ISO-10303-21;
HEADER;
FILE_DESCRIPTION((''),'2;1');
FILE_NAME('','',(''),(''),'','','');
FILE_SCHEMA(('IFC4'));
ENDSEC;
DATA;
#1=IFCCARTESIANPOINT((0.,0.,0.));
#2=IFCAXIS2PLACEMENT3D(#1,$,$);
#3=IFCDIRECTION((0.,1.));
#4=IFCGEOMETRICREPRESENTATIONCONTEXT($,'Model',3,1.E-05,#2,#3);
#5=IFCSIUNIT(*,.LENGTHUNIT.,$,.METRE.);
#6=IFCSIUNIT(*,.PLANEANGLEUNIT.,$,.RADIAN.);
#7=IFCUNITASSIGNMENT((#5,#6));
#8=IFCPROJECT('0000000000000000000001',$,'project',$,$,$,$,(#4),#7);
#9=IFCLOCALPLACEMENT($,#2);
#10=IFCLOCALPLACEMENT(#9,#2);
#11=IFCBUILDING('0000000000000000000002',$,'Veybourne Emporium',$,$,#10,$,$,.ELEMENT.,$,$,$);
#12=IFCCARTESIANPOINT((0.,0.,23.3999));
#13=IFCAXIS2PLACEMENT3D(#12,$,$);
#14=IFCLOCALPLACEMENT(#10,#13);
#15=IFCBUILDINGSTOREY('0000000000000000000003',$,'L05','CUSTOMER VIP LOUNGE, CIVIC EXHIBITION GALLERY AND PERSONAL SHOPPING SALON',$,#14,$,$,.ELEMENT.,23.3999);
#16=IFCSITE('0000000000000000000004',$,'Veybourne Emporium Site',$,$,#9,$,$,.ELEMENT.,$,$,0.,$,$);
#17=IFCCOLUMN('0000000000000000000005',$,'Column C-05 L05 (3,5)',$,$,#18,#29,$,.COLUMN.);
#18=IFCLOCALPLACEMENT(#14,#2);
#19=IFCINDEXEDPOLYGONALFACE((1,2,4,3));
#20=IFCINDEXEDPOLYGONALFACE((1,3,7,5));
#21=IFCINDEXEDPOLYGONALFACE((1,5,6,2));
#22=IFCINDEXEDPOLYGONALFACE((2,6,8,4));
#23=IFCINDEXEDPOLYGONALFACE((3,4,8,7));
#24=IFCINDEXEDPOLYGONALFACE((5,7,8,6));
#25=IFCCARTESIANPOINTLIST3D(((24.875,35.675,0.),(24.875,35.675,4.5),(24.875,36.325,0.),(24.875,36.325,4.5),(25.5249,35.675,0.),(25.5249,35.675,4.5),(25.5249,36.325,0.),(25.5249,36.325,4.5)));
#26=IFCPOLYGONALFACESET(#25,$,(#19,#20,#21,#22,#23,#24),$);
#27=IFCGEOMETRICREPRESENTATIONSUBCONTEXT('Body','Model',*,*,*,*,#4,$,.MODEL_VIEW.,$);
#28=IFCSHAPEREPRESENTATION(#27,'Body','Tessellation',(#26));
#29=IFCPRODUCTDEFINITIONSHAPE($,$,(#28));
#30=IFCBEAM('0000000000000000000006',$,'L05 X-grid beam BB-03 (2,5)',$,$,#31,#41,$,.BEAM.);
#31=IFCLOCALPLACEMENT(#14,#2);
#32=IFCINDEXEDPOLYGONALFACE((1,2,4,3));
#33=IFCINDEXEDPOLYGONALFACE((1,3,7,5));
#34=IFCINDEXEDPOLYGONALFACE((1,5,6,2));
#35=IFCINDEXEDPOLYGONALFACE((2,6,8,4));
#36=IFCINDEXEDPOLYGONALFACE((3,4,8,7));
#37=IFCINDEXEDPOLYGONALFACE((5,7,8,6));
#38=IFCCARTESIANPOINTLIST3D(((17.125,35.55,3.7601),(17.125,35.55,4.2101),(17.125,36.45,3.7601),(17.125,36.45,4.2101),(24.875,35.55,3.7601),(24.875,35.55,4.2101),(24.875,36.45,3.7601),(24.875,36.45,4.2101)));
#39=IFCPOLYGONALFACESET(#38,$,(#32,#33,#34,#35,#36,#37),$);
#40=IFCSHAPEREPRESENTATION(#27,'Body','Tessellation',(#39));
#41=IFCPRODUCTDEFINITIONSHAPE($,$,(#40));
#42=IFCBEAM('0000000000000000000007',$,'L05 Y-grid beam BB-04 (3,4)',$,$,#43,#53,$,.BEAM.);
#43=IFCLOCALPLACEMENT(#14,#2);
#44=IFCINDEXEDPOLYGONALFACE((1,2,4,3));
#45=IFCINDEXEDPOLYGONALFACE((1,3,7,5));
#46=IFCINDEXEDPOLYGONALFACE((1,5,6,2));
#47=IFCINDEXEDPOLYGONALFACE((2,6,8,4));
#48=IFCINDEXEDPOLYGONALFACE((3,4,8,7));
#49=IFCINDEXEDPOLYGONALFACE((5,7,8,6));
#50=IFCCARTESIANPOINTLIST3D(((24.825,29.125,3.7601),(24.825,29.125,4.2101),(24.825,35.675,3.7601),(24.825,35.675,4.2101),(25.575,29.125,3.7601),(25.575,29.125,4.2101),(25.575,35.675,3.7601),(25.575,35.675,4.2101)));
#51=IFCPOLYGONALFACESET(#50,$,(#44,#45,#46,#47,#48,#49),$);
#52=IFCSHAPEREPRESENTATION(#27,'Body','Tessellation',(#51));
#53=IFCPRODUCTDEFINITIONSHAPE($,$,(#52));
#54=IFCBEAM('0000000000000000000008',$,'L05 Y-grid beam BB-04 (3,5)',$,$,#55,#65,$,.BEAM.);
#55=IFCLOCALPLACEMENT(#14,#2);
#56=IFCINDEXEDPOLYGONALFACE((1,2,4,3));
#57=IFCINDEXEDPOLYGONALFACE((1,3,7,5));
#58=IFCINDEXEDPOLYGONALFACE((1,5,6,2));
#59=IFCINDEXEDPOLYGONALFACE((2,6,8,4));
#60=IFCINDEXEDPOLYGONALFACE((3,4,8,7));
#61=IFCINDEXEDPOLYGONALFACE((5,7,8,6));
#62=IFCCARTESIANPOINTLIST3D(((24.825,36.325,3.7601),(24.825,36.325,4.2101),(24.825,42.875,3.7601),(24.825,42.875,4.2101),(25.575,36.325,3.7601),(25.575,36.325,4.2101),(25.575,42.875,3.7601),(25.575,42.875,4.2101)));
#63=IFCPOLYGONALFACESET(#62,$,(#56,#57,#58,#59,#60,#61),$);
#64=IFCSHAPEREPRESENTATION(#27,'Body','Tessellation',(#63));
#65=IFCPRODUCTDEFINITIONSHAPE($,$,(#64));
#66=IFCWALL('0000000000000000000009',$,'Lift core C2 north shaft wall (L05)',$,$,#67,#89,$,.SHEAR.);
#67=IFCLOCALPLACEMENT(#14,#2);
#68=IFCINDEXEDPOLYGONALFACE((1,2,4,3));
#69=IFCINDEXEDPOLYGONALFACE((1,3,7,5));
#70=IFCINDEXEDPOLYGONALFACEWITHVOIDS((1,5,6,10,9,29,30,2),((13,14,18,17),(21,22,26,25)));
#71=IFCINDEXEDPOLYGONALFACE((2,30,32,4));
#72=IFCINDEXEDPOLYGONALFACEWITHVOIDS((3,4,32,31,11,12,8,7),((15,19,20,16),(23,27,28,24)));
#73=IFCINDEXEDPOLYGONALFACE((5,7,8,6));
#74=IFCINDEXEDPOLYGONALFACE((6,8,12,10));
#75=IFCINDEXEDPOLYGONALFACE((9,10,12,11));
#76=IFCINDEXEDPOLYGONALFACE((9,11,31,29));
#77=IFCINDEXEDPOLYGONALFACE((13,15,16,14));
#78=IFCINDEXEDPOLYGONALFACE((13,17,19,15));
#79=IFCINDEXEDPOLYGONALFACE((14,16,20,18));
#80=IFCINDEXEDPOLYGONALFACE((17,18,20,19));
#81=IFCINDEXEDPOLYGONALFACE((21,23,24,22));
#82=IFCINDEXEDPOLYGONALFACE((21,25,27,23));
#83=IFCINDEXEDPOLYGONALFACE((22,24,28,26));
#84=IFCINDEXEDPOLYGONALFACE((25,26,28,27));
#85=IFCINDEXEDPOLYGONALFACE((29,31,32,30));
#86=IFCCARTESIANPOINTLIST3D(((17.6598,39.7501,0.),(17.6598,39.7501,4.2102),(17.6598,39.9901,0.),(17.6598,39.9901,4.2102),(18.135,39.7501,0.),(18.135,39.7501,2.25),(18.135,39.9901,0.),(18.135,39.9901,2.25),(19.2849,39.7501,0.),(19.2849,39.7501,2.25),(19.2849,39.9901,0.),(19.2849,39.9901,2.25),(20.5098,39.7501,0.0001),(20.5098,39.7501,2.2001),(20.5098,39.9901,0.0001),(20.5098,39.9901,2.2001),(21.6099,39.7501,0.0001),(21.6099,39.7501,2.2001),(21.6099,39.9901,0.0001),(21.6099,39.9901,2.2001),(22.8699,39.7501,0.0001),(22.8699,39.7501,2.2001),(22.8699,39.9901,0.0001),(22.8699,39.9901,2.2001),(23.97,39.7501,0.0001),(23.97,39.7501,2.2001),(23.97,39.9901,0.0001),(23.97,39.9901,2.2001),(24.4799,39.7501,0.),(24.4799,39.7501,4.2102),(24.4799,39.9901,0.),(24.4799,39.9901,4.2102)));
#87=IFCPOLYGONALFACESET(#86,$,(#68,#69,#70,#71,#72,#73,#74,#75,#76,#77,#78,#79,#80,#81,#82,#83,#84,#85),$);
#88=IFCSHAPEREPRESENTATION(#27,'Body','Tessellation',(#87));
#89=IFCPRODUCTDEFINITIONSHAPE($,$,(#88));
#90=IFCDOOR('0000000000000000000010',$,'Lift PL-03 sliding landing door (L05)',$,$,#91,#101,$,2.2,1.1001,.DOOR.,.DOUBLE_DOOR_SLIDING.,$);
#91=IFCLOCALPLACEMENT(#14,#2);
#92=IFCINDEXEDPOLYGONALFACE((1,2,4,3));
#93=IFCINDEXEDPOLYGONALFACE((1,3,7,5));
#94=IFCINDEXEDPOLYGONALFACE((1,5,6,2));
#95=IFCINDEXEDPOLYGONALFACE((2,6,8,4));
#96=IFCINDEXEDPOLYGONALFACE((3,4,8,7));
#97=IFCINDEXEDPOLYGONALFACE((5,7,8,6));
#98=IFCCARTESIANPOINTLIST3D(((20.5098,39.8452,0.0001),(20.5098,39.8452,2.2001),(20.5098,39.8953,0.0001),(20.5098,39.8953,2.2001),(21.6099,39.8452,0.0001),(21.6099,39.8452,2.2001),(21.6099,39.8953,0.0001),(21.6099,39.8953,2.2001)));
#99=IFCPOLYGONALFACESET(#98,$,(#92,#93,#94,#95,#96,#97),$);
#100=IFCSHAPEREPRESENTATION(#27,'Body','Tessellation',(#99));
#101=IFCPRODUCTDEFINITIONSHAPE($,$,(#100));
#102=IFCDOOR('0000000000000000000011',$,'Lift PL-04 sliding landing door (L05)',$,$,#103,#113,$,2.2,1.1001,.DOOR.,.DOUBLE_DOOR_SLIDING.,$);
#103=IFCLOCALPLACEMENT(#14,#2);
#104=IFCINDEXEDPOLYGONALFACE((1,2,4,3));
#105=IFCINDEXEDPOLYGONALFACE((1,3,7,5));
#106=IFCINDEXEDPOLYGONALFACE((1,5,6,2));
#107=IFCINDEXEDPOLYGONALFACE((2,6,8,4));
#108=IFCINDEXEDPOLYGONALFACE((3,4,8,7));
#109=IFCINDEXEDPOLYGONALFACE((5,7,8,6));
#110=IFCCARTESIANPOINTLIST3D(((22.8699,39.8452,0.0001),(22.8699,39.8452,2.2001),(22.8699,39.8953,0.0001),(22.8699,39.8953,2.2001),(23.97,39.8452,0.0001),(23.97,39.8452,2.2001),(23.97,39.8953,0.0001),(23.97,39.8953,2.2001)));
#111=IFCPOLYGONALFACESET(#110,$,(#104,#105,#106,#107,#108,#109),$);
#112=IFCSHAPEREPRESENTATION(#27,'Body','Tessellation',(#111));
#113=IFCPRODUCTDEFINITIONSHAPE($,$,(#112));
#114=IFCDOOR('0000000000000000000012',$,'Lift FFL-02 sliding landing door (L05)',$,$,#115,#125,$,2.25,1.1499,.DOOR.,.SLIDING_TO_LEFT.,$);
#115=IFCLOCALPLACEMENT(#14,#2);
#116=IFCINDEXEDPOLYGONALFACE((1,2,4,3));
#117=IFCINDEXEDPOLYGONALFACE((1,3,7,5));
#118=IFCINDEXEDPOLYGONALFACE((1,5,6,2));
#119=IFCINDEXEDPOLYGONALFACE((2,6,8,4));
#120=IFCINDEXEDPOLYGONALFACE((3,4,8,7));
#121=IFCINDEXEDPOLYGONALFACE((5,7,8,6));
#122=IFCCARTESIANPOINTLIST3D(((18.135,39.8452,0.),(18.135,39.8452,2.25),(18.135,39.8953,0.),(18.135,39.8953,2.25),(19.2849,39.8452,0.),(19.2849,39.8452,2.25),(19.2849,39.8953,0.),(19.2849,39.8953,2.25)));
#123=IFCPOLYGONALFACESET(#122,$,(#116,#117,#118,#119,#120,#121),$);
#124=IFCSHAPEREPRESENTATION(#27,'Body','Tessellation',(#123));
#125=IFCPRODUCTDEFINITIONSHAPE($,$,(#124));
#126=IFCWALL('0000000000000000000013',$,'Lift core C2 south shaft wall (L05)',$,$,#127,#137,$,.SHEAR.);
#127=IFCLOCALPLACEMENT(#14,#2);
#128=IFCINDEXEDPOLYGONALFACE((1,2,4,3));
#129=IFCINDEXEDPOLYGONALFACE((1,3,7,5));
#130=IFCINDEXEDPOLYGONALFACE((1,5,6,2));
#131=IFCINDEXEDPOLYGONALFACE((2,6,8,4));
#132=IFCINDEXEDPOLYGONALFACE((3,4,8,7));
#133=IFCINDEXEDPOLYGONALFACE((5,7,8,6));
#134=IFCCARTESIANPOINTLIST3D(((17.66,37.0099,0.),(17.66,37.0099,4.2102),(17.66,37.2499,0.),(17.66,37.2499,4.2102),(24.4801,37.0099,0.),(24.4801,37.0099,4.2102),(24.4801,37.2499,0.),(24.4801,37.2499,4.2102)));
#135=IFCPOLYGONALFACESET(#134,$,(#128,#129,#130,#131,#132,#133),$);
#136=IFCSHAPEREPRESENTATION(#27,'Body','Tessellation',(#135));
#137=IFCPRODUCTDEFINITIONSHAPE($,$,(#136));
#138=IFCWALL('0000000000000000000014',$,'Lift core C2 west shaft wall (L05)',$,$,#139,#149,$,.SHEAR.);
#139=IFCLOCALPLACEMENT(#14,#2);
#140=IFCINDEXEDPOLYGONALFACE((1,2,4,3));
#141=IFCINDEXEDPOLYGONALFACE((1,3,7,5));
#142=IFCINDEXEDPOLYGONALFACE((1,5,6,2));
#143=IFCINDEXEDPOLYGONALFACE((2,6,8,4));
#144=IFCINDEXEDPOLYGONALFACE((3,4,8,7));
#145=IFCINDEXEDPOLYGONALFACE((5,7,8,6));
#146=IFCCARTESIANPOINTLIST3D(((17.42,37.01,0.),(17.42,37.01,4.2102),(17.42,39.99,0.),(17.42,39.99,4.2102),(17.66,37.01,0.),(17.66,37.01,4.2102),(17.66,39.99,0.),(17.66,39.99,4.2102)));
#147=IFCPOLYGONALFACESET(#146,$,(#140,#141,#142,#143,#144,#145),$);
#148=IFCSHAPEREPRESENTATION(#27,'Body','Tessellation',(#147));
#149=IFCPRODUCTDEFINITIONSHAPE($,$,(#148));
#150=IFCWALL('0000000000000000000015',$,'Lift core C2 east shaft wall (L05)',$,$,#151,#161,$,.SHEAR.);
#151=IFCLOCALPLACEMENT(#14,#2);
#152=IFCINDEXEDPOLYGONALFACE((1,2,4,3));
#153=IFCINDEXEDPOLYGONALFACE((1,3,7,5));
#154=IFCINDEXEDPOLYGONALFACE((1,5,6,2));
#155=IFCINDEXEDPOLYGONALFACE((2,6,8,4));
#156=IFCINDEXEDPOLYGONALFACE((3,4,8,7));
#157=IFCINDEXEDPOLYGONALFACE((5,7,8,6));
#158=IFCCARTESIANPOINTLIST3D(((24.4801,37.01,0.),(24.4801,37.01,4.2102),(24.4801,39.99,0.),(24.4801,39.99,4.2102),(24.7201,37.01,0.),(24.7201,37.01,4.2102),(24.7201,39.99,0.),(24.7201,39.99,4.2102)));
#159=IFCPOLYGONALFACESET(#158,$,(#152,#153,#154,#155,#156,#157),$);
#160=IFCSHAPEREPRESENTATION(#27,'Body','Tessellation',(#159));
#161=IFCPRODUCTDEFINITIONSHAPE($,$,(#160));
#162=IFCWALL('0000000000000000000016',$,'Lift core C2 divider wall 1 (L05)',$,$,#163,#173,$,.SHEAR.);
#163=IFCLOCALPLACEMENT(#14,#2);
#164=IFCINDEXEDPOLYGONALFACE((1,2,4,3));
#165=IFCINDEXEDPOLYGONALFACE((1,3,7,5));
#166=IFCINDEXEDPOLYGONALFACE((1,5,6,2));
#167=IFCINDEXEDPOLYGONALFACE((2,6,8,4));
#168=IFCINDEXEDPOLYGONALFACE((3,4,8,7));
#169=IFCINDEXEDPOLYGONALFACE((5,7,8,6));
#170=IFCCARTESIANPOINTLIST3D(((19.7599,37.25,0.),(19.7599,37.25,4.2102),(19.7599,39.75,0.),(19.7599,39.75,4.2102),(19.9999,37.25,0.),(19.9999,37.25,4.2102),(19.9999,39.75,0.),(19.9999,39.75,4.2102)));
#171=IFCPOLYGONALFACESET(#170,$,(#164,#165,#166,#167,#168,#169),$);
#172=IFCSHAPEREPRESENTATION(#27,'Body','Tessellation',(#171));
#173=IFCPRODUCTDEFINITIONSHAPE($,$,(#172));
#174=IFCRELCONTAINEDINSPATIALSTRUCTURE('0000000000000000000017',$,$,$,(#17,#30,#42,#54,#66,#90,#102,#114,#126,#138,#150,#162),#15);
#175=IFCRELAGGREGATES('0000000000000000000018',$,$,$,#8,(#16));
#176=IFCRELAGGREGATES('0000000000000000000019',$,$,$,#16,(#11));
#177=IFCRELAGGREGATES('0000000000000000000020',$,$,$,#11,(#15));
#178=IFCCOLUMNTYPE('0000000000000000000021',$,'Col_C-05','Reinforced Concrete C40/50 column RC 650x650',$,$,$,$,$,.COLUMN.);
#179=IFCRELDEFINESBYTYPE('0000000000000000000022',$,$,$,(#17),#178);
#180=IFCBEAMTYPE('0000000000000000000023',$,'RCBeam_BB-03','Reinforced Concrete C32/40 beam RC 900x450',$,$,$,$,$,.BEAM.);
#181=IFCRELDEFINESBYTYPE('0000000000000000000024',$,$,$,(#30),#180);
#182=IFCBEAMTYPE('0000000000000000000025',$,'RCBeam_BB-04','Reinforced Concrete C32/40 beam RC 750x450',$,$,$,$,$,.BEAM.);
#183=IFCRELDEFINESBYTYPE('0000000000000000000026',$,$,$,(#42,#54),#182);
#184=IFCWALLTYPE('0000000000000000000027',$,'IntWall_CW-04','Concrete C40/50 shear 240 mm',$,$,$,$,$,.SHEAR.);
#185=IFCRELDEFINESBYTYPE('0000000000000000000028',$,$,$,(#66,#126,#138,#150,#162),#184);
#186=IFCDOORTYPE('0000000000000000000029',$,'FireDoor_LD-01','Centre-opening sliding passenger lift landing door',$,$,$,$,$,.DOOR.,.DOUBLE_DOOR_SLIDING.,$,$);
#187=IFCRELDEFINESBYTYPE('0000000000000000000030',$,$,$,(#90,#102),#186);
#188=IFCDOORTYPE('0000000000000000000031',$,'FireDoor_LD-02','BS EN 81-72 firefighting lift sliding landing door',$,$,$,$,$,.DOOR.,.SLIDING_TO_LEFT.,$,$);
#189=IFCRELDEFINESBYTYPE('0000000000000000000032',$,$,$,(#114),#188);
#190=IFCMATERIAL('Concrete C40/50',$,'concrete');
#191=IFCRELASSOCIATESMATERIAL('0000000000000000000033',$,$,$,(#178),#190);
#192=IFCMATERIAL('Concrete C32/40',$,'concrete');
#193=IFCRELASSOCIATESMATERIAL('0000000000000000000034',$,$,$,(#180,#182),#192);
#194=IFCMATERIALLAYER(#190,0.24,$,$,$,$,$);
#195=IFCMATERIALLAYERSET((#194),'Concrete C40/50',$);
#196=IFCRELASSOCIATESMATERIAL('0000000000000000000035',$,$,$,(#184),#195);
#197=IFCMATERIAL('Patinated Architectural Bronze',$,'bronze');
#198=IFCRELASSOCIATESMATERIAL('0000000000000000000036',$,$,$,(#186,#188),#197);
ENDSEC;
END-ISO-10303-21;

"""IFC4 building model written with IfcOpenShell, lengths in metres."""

from ifc_helpers import new_model, si_unit, direction, frame, frame_2d, origin, origin_2d, place, context, subcontext, project, spatial, rectangle, extrude, material, layer, layer_set, material_profile, profile_set, type_object, element, fill, save


model = new_model("IFC4")

# Units and contexts
model_context = context("Model", 3, precision=1e-05, world=origin(), true_north=direction((0.0, 1.0)))
body_context = subcontext(model_context, "Body", "Model", "MODEL_VIEW")
ifc_project = project(units=[si_unit("LENGTHUNIT", "METRE"), si_unit("PLANEANGLEUNIT", "RADIAN")], contexts=[model_context])

# Site, building, storey
site_placement = place(None, origin())
site = spatial("IfcSite", under=ifc_project, at=site_placement, Name="Veybourne Emporium Site", CompositionType="ELEMENT", RefElevation=0.0)
building_placement = place(site_placement, origin())
building = spatial("IfcBuilding", under=site, at=building_placement, Name="Veybourne Emporium", CompositionType="ELEMENT")
storey_placement = place(building_placement, frame((0.0, 0.0, 23.3999)))
storey = spatial("IfcBuildingStorey", under=building, at=storey_placement, Name="L05", Description="CUSTOMER VIP LOUNGE, CIVIC EXHIBITION GALLERY AND PERSONAL SHOPPING SALON", CompositionType="ELEMENT", Elevation=23.3999)

# Column
ifc_material_1 = material(Name="Concrete C40/50", Category="concrete")
ifc_material_profile_1 = material_profile(ifc_material_1, rectangle(XDim=0.6499, YDim=0.6499, at=origin_2d()), Name="RC 650x650")
ifc_profile_set_1 = profile_set([ifc_material_profile_1], Name="Concrete C40/50")
column_type = type_object("IfcColumnType", Name="Col_C-05", Description="Reinforced Concrete C40/50 column RC 650x650", PredefinedType="COLUMN", material=ifc_profile_set_1)
column_placement = place(storey_placement, frame((25.2, 36.0, 0.0), z_axis=(0.0, 0.0, 1.0), x_axis=(1.0, 0.0, 0.0)))
element("IfcColumn", 1, at=column_placement, inside=storey, type_object=column_type, Name="Column C-05 L05 (3,5)", PredefinedType="COLUMN", context=body_context, shape_type="SweptSolid", body=[
    extrude(rectangle(XDim=0.6499, YDim=0.6499, at=origin_2d()), origin(), (0.0, 0.0, 1.0), 4.5),
])

# Beams
ifc_material_2 = material(Name="Concrete C32/40", Category="concrete")
ifc_material_profile_2 = material_profile(ifc_material_2, rectangle(XDim=0.8999, YDim=0.45, at=origin_2d()), Name="RC 900x450")
ifc_profile_set_2 = profile_set([ifc_material_profile_2], Name="Concrete C32/40")
beam_type_1 = type_object("IfcBeamType", Name="RCBeam_BB-03", Description="Reinforced Concrete C32/40 beam RC 900x450", PredefinedType="BEAM", material=ifc_profile_set_2)
beam_placement = place(storey_placement, frame((17.125, 36.0, 3.9851), z_axis=(1.0, 0.0, 0.0), x_axis=(0.0, 1.0, 0.0)))
element("IfcBeam", 2, at=beam_placement, inside=storey, type_object=beam_type_1, Name="L05 X-grid beam BB-03 (2,5)", PredefinedType="BEAM", context=body_context, shape_type="SweptSolid", body=[
    extrude(rectangle(XDim=0.8999, YDim=0.45, at=origin_2d()), origin(), (0.0, 0.0, 1.0), 7.75),
])
ifc_material_profile_3 = material_profile(ifc_material_2, rectangle(XDim=0.75, YDim=0.45, at=origin_2d()), Name="RC 750x450")
ifc_profile_set_3 = profile_set([ifc_material_profile_3], Name="Concrete C32/40")
beam_type_2 = type_object("IfcBeamType", Name="RCBeam_BB-04", Description="Reinforced Concrete C32/40 beam RC 750x450", PredefinedType="BEAM", material=ifc_profile_set_3)
for number, where, z_axis, x_axis, name in (
    (3, (25.2, 29.125, 3.9851), (0.0, 1.0, 0.0), (-1.0, 0.0, 0.0), "L05 Y-grid beam BB-04 (3,4)"),
    (4, (25.2, 36.325, 3.9851), (0.0, 1.0, 0.0), (-1.0, 0.0, 0.0), "L05 Y-grid beam BB-04 (3,5)"),
):
    element("IfcBeam", number, at=place(storey_placement, frame(where, z_axis=z_axis, x_axis=x_axis)), inside=storey, type_object=beam_type_2, Name=name, PredefinedType="BEAM", context=body_context, shape_type="SweptSolid", body=[
        extrude(rectangle(XDim=0.75, YDim=0.45, at=origin_2d()), origin(), (0.0, 0.0, 1.0), 6.55),
    ])

# Wall, openings, doors
ifc_layer_1 = layer(ifc_material_1, 0.24)
ifc_layer_set_1 = layer_set([ifc_layer_1], Name="Concrete C40/50")
wall_type_1 = type_object("IfcWallType", Name="IntWall_CW-04", Description="Concrete C40/50 shear 240 mm", PredefinedType="SHEAR", material=ifc_layer_set_1)
wall_1_placement = place(storey_placement, frame((24.48, 39.8701, 0.0), z_axis=(0.0, 0.0, 1.0), x_axis=(-1.0, 0.0, 0.0)))
wall_1 = element("IfcWall", 5, at=wall_1_placement, inside=storey, type_object=wall_type_1, Name="Lift core C2 north shaft wall (L05)", PredefinedType="SHEAR", context=body_context, shape_type="SweptSolid", body=[
    extrude(rectangle(XDim=6.8201, YDim=0.24, at=frame_2d((3.4102, 0.0))), origin(), (0.0, 0.0, 1.0), 4.2102),
])
opening_1_placement = place(wall_1_placement, frame((5.1951, 0.0, 0.0)))
opening_1 = element("IfcOpeningElement", 6, at=opening_1_placement, cuts=wall_1, PredefinedType="OPENING", context=body_context, shape_type="SweptSolid", body=[
    extrude(rectangle(XDim=1.1499, YDim=2.25, at=frame_2d((0.575, 1.125))), frame((0.0, 0.1401, 0.0), z_axis=(0.0, -1.0, 0.0), x_axis=(1.0, 0.0, 0.0)), (0.0, 0.0, 1.0), 0.28),
])
opening_2_placement = place(wall_1_placement, frame((2.8701, 0.0, 0.0)))
opening_2 = element("IfcOpeningElement", 7, at=opening_2_placement, cuts=wall_1, PredefinedType="OPENING", context=body_context, shape_type="SweptSolid", body=[
    extrude(rectangle(XDim=1.1001, YDim=2.2, at=frame_2d((0.55, 1.1001))), frame((0.0, 0.1401, 0.0), z_axis=(0.0, -1.0, 0.0), x_axis=(1.0, 0.0, 0.0)), (0.0, 0.0, 1.0), 0.28),
])
opening_3_placement = place(wall_1_placement, frame((0.51, 0.0, 0.0)))
opening_3 = element("IfcOpeningElement", 8, at=opening_3_placement, cuts=wall_1, PredefinedType="OPENING", context=body_context, shape_type="SweptSolid", body=[
    extrude(rectangle(XDim=1.1001, YDim=2.2, at=frame_2d((0.55, 1.1001))), frame((0.0, 0.1401, 0.0), z_axis=(0.0, -1.0, 0.0), x_axis=(1.0, 0.0, 0.0)), (0.0, 0.0, 1.0), 0.28),
])
ifc_material_3 = material(Name="Patinated Architectural Bronze", Category="bronze")
door_type_1 = type_object("IfcDoorType", Name="FireDoor_LD-01", Description="Centre-opening sliding passenger lift landing door", OperationType="DOUBLE_DOOR_SLIDING", PredefinedType="DOOR", material=ifc_material_3)
door_1_placement = place(opening_2_placement, origin())
door_1 = element("IfcDoor", 9, at=door_1_placement, inside=storey, type_object=door_type_1, Name="Lift PL-03 sliding landing door (L05)", OperationType="DOUBLE_DOOR_SLIDING", OverallHeight=2.2, OverallWidth=1.1001, PredefinedType="DOOR", context=body_context, shape_type="SweptSolid", body=[
    extrude(rectangle(XDim=1.1001, YDim=2.2, at=frame_2d((0.55, 1.1001))), frame((0.0, 0.0249, 0.0), z_axis=(0.0, -1.0, 0.0), x_axis=(1.0, 0.0, 0.0)), (0.0, 0.0, 1.0), 0.05),
])
fill(opening_2, door_1)
door_2_placement = place(opening_3_placement, origin())
door_2 = element("IfcDoor", 10, at=door_2_placement, inside=storey, type_object=door_type_1, Name="Lift PL-04 sliding landing door (L05)", OperationType="DOUBLE_DOOR_SLIDING", OverallHeight=2.2, OverallWidth=1.1001, PredefinedType="DOOR", context=body_context, shape_type="SweptSolid", body=[
    extrude(rectangle(XDim=1.1001, YDim=2.2, at=frame_2d((0.55, 1.1001))), frame((0.0, 0.0249, 0.0), z_axis=(0.0, -1.0, 0.0), x_axis=(1.0, 0.0, 0.0)), (0.0, 0.0, 1.0), 0.05),
])
fill(opening_3, door_2)
door_type_2 = type_object("IfcDoorType", Name="FireDoor_LD-02", Description="BS EN 81-72 firefighting lift sliding landing door", OperationType="SLIDING_TO_LEFT", PredefinedType="DOOR", material=ifc_material_3)
door_3_placement = place(opening_1_placement, origin())
door_3 = element("IfcDoor", 11, at=door_3_placement, inside=storey, type_object=door_type_2, Name="Lift FFL-02 sliding landing door (L05)", OperationType="SLIDING_TO_LEFT", OverallHeight=2.25, OverallWidth=1.1499, PredefinedType="DOOR", context=body_context, shape_type="SweptSolid", body=[
    extrude(rectangle(XDim=1.1499, YDim=2.25, at=frame_2d((0.575, 1.125))), frame((0.0, 0.0249, 0.0), z_axis=(0.0, -1.0, 0.0), x_axis=(1.0, 0.0, 0.0)), (0.0, 0.0, 1.0), 0.05),
])
fill(opening_1, door_3)

# Walls
wall_2_placement = place(storey_placement, frame((17.6599, 37.1299, 0.0), z_axis=(0.0, 0.0, 1.0), x_axis=(1.0, 0.0, 0.0)))
element("IfcWall", 12, at=wall_2_placement, inside=storey, type_object=wall_type_1, Name="Lift core C2 south shaft wall (L05)", PredefinedType="SHEAR", context=body_context, shape_type="SweptSolid", body=[
    extrude(rectangle(XDim=6.8201, YDim=0.24, at=frame_2d((3.4102, 0.0))), origin(), (0.0, 0.0, 1.0), 4.2102),
])
for number, where, z_axis, x_axis, name in (
    (13, (17.54, 39.99, 0.0), (0.0, 0.0, 1.0), (0.0, -1.0, 0.0), "Lift core C2 west shaft wall (L05)"),
    (14, (24.6001, 37.01, 0.0), (0.0, 0.0, 1.0), (0.0, 1.0, 0.0), "Lift core C2 east shaft wall (L05)"),
):
    element("IfcWall", number, at=place(storey_placement, frame(where, z_axis=z_axis, x_axis=x_axis)), inside=storey, type_object=wall_type_1, Name=name, PredefinedType="SHEAR", context=body_context, shape_type="SweptSolid", body=[
        extrude(rectangle(XDim=2.98, YDim=0.24, at=frame_2d((1.49, 0.0))), origin(), (0.0, 0.0, 1.0), 4.2102),
    ])
for number, where, z_axis, x_axis, name in (
    (15, (19.8799, 37.25, 0.0), (0.0, 0.0, 1.0), (0.0, 1.0, 0.0), "Lift core C2 divider wall 1 (L05)"),
):
    element("IfcWall", number, at=place(storey_placement, frame(where, z_axis=z_axis, x_axis=x_axis)), inside=storey, type_object=wall_type_1, Name=name, PredefinedType="SHEAR", context=body_context, shape_type="SweptSolid", body=[
        extrude(rectangle(XDim=2.5, YDim=0.24, at=frame_2d((1.25, 0.0))), origin(), (0.0, 0.0, 1.0), 4.2102),
    ])

save(model, "model.ifc")
